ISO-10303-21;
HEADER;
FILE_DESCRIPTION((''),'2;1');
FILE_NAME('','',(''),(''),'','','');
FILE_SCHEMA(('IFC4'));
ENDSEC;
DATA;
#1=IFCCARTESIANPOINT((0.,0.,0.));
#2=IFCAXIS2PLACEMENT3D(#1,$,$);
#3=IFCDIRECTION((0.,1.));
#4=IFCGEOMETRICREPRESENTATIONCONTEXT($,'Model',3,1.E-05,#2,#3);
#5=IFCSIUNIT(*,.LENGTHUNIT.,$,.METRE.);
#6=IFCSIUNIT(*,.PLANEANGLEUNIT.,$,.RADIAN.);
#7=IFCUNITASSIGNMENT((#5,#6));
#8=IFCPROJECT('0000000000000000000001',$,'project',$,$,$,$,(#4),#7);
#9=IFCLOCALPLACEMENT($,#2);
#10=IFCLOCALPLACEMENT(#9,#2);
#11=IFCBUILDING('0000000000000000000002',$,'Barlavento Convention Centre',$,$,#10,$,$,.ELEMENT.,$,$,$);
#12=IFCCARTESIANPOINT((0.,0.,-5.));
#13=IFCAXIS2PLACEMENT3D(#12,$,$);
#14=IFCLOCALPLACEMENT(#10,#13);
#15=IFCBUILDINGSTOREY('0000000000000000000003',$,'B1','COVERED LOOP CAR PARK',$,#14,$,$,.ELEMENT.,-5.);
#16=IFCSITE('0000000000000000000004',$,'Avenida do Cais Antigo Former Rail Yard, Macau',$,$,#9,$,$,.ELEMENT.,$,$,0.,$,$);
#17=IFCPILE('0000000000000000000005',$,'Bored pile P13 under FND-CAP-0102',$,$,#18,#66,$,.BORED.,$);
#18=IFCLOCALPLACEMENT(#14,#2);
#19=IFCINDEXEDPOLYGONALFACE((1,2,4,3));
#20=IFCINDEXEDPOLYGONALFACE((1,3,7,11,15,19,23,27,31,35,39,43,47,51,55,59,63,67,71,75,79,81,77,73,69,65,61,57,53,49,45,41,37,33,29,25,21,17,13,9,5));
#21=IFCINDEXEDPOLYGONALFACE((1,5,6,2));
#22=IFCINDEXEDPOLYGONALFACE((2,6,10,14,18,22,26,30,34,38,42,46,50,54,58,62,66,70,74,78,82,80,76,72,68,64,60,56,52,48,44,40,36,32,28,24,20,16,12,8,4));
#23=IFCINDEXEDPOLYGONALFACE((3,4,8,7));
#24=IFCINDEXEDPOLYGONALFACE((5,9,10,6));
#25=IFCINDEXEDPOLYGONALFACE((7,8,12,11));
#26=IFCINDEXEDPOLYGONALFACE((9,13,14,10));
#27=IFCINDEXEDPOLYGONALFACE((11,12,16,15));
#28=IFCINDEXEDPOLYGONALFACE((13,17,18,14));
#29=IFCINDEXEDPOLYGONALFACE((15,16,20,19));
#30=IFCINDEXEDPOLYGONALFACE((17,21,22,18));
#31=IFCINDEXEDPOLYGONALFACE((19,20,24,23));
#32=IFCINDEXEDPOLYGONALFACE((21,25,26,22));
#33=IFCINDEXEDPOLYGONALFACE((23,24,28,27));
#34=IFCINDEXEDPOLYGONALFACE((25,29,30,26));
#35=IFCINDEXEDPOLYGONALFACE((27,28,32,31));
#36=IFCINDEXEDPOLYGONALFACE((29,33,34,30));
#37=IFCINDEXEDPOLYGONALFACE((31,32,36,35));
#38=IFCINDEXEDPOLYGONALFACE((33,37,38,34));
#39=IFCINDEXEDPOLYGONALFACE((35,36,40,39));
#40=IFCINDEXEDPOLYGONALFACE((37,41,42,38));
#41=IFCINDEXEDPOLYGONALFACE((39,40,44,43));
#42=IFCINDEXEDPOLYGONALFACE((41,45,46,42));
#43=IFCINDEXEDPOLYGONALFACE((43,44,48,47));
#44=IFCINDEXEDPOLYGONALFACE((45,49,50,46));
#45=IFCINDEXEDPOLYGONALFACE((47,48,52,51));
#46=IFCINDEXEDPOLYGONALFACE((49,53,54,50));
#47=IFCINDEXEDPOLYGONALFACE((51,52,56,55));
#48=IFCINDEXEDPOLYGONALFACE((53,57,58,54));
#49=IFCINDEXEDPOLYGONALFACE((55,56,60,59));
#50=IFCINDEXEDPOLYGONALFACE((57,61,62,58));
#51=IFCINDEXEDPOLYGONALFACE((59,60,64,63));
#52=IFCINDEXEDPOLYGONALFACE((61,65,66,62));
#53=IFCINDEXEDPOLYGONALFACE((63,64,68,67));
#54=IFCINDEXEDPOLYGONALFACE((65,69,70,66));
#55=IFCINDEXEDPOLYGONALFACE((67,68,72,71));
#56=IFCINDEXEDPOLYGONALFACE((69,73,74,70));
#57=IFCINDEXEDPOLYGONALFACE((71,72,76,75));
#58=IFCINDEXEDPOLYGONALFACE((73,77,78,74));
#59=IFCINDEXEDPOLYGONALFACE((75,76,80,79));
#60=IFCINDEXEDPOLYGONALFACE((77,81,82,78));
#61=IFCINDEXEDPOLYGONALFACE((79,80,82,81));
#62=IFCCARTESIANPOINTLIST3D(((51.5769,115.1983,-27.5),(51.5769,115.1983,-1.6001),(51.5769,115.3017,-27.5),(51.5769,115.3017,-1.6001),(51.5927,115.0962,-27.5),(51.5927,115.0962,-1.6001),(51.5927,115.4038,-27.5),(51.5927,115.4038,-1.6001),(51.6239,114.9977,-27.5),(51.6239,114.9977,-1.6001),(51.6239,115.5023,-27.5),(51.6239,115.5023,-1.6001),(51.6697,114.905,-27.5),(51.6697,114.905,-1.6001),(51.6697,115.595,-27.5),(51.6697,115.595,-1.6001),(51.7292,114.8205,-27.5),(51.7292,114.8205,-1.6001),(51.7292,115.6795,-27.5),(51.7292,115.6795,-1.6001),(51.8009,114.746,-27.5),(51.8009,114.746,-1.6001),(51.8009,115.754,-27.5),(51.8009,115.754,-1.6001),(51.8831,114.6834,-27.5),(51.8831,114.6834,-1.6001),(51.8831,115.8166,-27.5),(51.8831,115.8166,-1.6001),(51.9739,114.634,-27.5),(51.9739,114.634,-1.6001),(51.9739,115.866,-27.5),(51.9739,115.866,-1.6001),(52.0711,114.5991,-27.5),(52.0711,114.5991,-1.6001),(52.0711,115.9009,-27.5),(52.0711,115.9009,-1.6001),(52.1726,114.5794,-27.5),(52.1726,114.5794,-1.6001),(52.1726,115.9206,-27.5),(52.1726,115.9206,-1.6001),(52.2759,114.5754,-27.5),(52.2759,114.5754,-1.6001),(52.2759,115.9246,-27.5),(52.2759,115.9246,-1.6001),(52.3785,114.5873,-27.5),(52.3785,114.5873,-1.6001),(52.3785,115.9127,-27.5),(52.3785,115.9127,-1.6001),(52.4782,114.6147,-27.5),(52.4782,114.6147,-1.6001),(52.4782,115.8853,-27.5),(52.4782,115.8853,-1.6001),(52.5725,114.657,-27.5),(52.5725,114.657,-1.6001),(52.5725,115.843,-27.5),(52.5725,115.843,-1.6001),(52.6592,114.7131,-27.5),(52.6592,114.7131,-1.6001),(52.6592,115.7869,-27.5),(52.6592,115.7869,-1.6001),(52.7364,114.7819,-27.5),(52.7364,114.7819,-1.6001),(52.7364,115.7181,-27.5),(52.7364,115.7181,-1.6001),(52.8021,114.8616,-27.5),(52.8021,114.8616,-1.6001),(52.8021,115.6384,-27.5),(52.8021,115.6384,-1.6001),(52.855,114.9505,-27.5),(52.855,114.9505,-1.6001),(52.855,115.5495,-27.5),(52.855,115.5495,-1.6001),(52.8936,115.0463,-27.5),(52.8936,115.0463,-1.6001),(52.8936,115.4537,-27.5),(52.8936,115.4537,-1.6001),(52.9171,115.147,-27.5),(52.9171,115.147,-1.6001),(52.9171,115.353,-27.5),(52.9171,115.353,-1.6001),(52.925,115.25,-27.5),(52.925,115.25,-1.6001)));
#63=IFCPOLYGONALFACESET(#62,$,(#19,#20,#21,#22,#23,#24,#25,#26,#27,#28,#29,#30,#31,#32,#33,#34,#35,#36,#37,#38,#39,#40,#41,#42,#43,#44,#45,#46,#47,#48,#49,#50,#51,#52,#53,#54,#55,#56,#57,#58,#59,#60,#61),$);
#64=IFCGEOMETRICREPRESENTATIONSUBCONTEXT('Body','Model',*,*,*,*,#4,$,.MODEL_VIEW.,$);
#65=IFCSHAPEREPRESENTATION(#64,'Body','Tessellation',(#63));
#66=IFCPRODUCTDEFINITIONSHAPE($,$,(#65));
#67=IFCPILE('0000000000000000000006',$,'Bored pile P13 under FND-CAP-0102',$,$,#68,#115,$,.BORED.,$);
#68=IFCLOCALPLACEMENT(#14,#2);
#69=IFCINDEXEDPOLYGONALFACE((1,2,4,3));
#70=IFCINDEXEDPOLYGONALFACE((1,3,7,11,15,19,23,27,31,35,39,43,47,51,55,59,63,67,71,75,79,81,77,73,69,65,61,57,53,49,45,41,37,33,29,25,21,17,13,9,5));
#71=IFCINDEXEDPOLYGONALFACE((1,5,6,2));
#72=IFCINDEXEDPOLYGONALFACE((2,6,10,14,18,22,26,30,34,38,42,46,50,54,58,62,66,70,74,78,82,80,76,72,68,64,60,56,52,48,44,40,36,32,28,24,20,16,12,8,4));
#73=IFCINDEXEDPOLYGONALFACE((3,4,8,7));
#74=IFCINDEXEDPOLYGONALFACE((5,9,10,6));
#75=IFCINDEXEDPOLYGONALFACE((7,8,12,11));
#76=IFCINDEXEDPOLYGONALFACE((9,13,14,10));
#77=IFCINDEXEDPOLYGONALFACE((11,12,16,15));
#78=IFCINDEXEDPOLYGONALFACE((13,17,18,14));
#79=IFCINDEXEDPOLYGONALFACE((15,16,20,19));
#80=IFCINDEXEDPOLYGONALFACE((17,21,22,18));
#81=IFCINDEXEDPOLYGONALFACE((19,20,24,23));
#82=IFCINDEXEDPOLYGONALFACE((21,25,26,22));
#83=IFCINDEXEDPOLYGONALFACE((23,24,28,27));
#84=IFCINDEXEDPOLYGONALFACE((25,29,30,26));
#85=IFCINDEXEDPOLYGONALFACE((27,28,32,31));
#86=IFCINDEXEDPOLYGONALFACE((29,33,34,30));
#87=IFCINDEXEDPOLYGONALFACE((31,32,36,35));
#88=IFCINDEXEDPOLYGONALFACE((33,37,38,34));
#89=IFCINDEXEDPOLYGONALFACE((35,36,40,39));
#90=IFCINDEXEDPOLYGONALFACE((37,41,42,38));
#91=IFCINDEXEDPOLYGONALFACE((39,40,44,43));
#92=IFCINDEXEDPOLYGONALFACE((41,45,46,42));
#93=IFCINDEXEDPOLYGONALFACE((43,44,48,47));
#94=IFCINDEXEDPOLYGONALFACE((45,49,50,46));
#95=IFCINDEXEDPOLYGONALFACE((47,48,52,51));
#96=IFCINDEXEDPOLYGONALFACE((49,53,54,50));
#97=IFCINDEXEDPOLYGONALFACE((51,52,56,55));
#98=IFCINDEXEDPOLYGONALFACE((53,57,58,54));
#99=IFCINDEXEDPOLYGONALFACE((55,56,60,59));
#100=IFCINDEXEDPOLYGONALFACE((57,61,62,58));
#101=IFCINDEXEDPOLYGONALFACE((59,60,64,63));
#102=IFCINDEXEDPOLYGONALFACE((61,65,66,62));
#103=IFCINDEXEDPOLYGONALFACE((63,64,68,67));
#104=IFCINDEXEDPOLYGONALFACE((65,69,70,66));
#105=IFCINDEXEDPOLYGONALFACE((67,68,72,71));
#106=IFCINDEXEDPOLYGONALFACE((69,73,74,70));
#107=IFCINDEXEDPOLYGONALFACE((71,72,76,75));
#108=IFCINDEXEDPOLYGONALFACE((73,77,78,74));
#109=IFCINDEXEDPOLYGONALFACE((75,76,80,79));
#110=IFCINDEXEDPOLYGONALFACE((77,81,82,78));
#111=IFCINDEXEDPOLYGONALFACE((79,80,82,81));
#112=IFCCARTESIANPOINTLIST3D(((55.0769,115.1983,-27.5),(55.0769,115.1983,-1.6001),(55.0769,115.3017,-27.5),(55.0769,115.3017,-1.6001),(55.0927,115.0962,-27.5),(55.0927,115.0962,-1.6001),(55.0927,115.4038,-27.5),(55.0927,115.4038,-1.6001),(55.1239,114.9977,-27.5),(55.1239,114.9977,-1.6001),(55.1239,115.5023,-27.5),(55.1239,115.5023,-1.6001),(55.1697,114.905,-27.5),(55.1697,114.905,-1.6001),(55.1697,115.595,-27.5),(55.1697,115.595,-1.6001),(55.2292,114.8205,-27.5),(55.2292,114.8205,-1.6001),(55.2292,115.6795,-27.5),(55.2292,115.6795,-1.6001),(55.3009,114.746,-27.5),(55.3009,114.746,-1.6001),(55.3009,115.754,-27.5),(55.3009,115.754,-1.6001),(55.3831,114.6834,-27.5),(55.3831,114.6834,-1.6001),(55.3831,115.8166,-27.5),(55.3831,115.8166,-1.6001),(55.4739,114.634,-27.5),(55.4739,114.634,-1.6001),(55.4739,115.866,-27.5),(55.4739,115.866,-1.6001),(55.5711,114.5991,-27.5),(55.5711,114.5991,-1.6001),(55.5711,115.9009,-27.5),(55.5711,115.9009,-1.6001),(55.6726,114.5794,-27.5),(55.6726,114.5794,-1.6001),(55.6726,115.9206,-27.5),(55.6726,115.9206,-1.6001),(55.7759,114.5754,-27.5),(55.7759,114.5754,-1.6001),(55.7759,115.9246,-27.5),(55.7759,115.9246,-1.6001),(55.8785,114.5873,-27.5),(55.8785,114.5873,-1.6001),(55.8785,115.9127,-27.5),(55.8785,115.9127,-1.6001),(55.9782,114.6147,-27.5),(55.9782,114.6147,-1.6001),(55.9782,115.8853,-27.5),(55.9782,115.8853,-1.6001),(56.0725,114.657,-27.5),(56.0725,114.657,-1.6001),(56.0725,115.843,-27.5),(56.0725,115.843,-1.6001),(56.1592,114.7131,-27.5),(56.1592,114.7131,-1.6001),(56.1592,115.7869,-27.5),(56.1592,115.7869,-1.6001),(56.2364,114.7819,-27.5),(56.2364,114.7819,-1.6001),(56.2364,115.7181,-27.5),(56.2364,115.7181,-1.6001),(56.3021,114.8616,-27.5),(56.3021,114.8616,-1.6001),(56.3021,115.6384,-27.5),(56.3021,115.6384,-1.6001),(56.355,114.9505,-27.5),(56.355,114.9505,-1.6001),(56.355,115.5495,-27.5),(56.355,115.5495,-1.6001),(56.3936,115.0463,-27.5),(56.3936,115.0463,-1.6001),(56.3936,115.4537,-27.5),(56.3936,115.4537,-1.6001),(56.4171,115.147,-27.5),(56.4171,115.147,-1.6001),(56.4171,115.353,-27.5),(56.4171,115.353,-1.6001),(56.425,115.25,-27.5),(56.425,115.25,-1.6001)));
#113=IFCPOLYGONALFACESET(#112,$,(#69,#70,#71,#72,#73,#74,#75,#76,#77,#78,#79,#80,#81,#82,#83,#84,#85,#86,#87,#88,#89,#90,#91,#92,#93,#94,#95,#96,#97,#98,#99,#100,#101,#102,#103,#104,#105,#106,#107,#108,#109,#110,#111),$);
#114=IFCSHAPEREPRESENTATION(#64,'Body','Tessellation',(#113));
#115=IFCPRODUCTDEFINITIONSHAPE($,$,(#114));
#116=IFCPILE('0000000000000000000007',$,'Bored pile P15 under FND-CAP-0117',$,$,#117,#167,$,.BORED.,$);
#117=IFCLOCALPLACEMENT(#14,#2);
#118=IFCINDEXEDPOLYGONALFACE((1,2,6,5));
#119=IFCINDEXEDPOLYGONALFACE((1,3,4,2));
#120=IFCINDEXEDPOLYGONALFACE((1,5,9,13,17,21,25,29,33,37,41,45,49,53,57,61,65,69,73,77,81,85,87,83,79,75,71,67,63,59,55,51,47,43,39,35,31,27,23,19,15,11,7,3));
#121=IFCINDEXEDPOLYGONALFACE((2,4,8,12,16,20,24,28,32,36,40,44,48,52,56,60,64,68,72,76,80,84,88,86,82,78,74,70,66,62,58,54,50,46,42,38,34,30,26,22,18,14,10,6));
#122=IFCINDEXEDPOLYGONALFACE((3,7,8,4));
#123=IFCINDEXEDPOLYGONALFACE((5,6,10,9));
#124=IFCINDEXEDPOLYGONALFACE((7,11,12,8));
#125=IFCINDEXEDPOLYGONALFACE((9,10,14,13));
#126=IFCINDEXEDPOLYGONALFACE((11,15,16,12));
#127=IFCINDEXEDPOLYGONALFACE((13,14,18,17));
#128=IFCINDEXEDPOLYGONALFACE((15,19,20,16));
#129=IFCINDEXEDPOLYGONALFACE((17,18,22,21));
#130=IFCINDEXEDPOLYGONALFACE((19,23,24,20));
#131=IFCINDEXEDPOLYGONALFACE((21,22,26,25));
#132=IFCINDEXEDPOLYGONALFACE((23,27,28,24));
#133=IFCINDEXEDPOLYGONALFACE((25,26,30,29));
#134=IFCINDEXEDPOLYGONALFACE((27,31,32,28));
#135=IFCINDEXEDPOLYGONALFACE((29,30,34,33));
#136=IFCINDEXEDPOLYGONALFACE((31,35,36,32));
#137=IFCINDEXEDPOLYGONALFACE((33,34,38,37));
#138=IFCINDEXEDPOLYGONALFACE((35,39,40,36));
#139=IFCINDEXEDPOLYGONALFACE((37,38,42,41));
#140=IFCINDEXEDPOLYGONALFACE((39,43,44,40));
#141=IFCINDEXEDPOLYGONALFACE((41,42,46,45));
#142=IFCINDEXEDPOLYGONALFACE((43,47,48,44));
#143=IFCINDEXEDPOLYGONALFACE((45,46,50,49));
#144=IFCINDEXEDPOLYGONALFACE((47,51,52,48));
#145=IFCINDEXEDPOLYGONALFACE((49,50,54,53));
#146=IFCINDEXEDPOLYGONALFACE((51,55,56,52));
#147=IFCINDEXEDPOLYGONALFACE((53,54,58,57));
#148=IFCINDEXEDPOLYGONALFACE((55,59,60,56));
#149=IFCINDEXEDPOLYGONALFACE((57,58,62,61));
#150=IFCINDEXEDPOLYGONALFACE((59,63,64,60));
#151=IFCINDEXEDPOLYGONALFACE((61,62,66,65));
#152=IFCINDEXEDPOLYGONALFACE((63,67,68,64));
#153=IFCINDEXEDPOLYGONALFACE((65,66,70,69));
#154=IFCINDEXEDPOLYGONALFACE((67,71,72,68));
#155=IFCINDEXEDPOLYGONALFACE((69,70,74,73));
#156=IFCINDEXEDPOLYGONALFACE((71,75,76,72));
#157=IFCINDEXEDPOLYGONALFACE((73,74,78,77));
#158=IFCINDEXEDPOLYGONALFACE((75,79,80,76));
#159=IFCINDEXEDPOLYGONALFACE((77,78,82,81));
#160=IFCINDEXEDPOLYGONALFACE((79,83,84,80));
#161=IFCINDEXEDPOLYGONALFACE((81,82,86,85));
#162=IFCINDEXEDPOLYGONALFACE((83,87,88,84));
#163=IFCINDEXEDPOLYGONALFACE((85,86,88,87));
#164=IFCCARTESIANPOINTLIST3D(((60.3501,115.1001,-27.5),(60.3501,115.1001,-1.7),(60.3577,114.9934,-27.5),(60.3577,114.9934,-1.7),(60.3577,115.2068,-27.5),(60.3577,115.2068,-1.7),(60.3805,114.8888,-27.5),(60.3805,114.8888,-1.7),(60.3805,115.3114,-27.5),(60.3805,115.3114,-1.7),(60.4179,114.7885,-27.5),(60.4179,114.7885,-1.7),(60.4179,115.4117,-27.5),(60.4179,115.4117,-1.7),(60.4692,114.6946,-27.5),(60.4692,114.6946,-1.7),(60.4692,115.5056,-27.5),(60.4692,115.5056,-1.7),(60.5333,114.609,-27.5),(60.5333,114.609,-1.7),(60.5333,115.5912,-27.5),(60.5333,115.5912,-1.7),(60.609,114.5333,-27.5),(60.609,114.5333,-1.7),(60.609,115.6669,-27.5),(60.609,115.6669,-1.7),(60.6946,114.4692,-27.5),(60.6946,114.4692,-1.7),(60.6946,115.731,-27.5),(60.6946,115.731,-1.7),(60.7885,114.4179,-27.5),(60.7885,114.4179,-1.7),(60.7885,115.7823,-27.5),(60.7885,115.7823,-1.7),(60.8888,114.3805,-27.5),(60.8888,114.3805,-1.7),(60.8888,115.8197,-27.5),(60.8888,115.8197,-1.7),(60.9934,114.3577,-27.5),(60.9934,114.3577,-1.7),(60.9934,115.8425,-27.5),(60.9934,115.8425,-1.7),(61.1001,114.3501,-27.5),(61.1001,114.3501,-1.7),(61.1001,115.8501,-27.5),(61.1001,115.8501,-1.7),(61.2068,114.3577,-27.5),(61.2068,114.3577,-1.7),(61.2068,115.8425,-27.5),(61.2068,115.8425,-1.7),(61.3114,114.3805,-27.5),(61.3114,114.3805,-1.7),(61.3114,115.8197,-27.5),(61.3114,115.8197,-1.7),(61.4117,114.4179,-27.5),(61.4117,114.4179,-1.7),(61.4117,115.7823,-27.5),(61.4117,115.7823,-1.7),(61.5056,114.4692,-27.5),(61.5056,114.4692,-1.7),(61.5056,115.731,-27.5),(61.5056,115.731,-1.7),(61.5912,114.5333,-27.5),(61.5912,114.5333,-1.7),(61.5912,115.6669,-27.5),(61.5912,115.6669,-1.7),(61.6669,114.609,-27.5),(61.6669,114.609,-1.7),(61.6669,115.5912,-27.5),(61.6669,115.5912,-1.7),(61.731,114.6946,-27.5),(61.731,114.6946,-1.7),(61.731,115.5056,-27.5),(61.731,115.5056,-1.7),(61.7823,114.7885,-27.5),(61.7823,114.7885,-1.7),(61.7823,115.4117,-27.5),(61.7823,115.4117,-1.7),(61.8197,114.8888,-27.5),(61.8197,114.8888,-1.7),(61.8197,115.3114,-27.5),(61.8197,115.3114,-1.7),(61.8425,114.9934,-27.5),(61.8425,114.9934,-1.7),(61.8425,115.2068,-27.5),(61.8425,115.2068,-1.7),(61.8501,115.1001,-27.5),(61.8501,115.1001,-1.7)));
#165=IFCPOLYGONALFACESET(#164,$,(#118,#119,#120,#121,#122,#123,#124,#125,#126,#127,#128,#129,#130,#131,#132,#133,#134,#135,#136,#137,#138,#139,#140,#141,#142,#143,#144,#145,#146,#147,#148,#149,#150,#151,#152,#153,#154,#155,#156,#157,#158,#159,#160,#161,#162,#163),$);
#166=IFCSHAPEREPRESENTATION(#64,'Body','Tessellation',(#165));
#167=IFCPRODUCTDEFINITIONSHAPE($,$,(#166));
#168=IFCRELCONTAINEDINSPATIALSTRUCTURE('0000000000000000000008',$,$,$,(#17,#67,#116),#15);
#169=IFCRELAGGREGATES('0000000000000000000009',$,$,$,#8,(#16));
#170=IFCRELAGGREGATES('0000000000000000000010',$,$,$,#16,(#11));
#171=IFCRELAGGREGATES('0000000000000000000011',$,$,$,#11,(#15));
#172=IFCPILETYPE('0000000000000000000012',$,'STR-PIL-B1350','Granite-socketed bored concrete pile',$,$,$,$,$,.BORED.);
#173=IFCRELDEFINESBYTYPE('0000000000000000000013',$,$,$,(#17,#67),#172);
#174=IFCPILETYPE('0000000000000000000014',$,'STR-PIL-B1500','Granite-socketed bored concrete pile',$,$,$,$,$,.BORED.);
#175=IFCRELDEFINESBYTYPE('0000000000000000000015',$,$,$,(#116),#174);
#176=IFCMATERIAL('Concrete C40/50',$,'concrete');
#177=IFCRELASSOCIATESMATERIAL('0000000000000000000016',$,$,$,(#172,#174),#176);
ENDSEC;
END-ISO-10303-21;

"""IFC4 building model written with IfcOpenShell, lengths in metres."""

from ifc_helpers import new_model, si_unit, direction, frame, origin, origin_2d, place, context, subcontext, project, spatial, circle, extrude, material, material_profile, profile_set, type_object, element, save


model = new_model("IFC4")

# Units and contexts
model_context = context("Model", 3, precision=1e-05, world=origin(), true_north=direction((0.0, 1.0)))
body_context = subcontext(model_context, "Body", "Model", "MODEL_VIEW")
ifc_project = project(units=[si_unit("LENGTHUNIT", "METRE"), si_unit("PLANEANGLEUNIT", "RADIAN")], contexts=[model_context])

# Site, building, storey
site_placement = place(None, origin())
site = spatial("IfcSite", under=ifc_project, at=site_placement, Name="Avenida do Cais Antigo Former Rail Yard, Macau", CompositionType="ELEMENT", RefElevation=0.0)
building_placement = place(site_placement, origin())
building = spatial("IfcBuilding", under=site, at=building_placement, Name="Barlavento Convention Centre", CompositionType="ELEMENT")
storey_placement = place(building_placement, frame((0.0, 0.0, -5.0)))
storey = spatial("IfcBuildingStorey", under=building, at=storey_placement, Name="B1", Description="COVERED LOOP CAR PARK", CompositionType="ELEMENT", Elevation=-5.0)

# Shared definitions
ifc_material_1 = material(Name="Concrete C40/50", Category="concrete")

# Piles
ifc_material_profile_1 = material_profile(ifc_material_1, circle(Radius=0.675, at=origin_2d()), Name="BORED PILE 1350")
ifc_profile_set_1 = profile_set([ifc_material_profile_1], Name="Concrete C40/50")
pile_type_1 = type_object("IfcPileType", Name="STR-PIL-B1350", Description="Granite-socketed bored concrete pile", PredefinedType="BORED", material=ifc_profile_set_1)
for number, where, z_axis, x_axis, name in (
    (1, (52.25, 115.25, -1.6001), (0.0, 0.0, -1.0), (1.0, 0.0, 0.0), "Bored pile P13 under FND-CAP-0102"),
    (2, (55.75, 115.25, -1.6001), (0.0, 0.0, -1.0), (1.0, 0.0, 0.0), "Bored pile P13 under FND-CAP-0102"),
):
    element("IfcPile", number, at=place(storey_placement, frame(where, z_axis=z_axis, x_axis=x_axis)), inside=storey, type_object=pile_type_1, Name=name, PredefinedType="BORED", context=body_context, shape_type="SweptSolid", body=[
        extrude(circle(Radius=0.675, at=origin_2d()), origin(), (0.0, 0.0, 1.0), 25.8999),
    ])
ifc_material_profile_2 = material_profile(ifc_material_1, circle(Radius=0.75, at=origin_2d()), Name="BORED PILE 1500")
ifc_profile_set_2 = profile_set([ifc_material_profile_2], Name="Concrete C40/50")
pile_type_2 = type_object("IfcPileType", Name="STR-PIL-B1500", Description="Granite-socketed bored concrete pile", PredefinedType="BORED", material=ifc_profile_set_2)
for number, where, z_axis, x_axis, name in (
    (3, (61.1001, 115.1001, -1.7), (0.0, 0.0, -1.0), (1.0, 0.0, 0.0), "Bored pile P15 under FND-CAP-0117"),
):
    element("IfcPile", number, at=place(storey_placement, frame(where, z_axis=z_axis, x_axis=x_axis)), inside=storey, type_object=pile_type_2, Name=name, PredefinedType="BORED", context=body_context, shape_type="SweptSolid", body=[
        extrude(circle(Radius=0.75, at=origin_2d()), origin(), (0.0, 0.0, 1.0), 25.8),
    ])

save(model, "model.ifc")
